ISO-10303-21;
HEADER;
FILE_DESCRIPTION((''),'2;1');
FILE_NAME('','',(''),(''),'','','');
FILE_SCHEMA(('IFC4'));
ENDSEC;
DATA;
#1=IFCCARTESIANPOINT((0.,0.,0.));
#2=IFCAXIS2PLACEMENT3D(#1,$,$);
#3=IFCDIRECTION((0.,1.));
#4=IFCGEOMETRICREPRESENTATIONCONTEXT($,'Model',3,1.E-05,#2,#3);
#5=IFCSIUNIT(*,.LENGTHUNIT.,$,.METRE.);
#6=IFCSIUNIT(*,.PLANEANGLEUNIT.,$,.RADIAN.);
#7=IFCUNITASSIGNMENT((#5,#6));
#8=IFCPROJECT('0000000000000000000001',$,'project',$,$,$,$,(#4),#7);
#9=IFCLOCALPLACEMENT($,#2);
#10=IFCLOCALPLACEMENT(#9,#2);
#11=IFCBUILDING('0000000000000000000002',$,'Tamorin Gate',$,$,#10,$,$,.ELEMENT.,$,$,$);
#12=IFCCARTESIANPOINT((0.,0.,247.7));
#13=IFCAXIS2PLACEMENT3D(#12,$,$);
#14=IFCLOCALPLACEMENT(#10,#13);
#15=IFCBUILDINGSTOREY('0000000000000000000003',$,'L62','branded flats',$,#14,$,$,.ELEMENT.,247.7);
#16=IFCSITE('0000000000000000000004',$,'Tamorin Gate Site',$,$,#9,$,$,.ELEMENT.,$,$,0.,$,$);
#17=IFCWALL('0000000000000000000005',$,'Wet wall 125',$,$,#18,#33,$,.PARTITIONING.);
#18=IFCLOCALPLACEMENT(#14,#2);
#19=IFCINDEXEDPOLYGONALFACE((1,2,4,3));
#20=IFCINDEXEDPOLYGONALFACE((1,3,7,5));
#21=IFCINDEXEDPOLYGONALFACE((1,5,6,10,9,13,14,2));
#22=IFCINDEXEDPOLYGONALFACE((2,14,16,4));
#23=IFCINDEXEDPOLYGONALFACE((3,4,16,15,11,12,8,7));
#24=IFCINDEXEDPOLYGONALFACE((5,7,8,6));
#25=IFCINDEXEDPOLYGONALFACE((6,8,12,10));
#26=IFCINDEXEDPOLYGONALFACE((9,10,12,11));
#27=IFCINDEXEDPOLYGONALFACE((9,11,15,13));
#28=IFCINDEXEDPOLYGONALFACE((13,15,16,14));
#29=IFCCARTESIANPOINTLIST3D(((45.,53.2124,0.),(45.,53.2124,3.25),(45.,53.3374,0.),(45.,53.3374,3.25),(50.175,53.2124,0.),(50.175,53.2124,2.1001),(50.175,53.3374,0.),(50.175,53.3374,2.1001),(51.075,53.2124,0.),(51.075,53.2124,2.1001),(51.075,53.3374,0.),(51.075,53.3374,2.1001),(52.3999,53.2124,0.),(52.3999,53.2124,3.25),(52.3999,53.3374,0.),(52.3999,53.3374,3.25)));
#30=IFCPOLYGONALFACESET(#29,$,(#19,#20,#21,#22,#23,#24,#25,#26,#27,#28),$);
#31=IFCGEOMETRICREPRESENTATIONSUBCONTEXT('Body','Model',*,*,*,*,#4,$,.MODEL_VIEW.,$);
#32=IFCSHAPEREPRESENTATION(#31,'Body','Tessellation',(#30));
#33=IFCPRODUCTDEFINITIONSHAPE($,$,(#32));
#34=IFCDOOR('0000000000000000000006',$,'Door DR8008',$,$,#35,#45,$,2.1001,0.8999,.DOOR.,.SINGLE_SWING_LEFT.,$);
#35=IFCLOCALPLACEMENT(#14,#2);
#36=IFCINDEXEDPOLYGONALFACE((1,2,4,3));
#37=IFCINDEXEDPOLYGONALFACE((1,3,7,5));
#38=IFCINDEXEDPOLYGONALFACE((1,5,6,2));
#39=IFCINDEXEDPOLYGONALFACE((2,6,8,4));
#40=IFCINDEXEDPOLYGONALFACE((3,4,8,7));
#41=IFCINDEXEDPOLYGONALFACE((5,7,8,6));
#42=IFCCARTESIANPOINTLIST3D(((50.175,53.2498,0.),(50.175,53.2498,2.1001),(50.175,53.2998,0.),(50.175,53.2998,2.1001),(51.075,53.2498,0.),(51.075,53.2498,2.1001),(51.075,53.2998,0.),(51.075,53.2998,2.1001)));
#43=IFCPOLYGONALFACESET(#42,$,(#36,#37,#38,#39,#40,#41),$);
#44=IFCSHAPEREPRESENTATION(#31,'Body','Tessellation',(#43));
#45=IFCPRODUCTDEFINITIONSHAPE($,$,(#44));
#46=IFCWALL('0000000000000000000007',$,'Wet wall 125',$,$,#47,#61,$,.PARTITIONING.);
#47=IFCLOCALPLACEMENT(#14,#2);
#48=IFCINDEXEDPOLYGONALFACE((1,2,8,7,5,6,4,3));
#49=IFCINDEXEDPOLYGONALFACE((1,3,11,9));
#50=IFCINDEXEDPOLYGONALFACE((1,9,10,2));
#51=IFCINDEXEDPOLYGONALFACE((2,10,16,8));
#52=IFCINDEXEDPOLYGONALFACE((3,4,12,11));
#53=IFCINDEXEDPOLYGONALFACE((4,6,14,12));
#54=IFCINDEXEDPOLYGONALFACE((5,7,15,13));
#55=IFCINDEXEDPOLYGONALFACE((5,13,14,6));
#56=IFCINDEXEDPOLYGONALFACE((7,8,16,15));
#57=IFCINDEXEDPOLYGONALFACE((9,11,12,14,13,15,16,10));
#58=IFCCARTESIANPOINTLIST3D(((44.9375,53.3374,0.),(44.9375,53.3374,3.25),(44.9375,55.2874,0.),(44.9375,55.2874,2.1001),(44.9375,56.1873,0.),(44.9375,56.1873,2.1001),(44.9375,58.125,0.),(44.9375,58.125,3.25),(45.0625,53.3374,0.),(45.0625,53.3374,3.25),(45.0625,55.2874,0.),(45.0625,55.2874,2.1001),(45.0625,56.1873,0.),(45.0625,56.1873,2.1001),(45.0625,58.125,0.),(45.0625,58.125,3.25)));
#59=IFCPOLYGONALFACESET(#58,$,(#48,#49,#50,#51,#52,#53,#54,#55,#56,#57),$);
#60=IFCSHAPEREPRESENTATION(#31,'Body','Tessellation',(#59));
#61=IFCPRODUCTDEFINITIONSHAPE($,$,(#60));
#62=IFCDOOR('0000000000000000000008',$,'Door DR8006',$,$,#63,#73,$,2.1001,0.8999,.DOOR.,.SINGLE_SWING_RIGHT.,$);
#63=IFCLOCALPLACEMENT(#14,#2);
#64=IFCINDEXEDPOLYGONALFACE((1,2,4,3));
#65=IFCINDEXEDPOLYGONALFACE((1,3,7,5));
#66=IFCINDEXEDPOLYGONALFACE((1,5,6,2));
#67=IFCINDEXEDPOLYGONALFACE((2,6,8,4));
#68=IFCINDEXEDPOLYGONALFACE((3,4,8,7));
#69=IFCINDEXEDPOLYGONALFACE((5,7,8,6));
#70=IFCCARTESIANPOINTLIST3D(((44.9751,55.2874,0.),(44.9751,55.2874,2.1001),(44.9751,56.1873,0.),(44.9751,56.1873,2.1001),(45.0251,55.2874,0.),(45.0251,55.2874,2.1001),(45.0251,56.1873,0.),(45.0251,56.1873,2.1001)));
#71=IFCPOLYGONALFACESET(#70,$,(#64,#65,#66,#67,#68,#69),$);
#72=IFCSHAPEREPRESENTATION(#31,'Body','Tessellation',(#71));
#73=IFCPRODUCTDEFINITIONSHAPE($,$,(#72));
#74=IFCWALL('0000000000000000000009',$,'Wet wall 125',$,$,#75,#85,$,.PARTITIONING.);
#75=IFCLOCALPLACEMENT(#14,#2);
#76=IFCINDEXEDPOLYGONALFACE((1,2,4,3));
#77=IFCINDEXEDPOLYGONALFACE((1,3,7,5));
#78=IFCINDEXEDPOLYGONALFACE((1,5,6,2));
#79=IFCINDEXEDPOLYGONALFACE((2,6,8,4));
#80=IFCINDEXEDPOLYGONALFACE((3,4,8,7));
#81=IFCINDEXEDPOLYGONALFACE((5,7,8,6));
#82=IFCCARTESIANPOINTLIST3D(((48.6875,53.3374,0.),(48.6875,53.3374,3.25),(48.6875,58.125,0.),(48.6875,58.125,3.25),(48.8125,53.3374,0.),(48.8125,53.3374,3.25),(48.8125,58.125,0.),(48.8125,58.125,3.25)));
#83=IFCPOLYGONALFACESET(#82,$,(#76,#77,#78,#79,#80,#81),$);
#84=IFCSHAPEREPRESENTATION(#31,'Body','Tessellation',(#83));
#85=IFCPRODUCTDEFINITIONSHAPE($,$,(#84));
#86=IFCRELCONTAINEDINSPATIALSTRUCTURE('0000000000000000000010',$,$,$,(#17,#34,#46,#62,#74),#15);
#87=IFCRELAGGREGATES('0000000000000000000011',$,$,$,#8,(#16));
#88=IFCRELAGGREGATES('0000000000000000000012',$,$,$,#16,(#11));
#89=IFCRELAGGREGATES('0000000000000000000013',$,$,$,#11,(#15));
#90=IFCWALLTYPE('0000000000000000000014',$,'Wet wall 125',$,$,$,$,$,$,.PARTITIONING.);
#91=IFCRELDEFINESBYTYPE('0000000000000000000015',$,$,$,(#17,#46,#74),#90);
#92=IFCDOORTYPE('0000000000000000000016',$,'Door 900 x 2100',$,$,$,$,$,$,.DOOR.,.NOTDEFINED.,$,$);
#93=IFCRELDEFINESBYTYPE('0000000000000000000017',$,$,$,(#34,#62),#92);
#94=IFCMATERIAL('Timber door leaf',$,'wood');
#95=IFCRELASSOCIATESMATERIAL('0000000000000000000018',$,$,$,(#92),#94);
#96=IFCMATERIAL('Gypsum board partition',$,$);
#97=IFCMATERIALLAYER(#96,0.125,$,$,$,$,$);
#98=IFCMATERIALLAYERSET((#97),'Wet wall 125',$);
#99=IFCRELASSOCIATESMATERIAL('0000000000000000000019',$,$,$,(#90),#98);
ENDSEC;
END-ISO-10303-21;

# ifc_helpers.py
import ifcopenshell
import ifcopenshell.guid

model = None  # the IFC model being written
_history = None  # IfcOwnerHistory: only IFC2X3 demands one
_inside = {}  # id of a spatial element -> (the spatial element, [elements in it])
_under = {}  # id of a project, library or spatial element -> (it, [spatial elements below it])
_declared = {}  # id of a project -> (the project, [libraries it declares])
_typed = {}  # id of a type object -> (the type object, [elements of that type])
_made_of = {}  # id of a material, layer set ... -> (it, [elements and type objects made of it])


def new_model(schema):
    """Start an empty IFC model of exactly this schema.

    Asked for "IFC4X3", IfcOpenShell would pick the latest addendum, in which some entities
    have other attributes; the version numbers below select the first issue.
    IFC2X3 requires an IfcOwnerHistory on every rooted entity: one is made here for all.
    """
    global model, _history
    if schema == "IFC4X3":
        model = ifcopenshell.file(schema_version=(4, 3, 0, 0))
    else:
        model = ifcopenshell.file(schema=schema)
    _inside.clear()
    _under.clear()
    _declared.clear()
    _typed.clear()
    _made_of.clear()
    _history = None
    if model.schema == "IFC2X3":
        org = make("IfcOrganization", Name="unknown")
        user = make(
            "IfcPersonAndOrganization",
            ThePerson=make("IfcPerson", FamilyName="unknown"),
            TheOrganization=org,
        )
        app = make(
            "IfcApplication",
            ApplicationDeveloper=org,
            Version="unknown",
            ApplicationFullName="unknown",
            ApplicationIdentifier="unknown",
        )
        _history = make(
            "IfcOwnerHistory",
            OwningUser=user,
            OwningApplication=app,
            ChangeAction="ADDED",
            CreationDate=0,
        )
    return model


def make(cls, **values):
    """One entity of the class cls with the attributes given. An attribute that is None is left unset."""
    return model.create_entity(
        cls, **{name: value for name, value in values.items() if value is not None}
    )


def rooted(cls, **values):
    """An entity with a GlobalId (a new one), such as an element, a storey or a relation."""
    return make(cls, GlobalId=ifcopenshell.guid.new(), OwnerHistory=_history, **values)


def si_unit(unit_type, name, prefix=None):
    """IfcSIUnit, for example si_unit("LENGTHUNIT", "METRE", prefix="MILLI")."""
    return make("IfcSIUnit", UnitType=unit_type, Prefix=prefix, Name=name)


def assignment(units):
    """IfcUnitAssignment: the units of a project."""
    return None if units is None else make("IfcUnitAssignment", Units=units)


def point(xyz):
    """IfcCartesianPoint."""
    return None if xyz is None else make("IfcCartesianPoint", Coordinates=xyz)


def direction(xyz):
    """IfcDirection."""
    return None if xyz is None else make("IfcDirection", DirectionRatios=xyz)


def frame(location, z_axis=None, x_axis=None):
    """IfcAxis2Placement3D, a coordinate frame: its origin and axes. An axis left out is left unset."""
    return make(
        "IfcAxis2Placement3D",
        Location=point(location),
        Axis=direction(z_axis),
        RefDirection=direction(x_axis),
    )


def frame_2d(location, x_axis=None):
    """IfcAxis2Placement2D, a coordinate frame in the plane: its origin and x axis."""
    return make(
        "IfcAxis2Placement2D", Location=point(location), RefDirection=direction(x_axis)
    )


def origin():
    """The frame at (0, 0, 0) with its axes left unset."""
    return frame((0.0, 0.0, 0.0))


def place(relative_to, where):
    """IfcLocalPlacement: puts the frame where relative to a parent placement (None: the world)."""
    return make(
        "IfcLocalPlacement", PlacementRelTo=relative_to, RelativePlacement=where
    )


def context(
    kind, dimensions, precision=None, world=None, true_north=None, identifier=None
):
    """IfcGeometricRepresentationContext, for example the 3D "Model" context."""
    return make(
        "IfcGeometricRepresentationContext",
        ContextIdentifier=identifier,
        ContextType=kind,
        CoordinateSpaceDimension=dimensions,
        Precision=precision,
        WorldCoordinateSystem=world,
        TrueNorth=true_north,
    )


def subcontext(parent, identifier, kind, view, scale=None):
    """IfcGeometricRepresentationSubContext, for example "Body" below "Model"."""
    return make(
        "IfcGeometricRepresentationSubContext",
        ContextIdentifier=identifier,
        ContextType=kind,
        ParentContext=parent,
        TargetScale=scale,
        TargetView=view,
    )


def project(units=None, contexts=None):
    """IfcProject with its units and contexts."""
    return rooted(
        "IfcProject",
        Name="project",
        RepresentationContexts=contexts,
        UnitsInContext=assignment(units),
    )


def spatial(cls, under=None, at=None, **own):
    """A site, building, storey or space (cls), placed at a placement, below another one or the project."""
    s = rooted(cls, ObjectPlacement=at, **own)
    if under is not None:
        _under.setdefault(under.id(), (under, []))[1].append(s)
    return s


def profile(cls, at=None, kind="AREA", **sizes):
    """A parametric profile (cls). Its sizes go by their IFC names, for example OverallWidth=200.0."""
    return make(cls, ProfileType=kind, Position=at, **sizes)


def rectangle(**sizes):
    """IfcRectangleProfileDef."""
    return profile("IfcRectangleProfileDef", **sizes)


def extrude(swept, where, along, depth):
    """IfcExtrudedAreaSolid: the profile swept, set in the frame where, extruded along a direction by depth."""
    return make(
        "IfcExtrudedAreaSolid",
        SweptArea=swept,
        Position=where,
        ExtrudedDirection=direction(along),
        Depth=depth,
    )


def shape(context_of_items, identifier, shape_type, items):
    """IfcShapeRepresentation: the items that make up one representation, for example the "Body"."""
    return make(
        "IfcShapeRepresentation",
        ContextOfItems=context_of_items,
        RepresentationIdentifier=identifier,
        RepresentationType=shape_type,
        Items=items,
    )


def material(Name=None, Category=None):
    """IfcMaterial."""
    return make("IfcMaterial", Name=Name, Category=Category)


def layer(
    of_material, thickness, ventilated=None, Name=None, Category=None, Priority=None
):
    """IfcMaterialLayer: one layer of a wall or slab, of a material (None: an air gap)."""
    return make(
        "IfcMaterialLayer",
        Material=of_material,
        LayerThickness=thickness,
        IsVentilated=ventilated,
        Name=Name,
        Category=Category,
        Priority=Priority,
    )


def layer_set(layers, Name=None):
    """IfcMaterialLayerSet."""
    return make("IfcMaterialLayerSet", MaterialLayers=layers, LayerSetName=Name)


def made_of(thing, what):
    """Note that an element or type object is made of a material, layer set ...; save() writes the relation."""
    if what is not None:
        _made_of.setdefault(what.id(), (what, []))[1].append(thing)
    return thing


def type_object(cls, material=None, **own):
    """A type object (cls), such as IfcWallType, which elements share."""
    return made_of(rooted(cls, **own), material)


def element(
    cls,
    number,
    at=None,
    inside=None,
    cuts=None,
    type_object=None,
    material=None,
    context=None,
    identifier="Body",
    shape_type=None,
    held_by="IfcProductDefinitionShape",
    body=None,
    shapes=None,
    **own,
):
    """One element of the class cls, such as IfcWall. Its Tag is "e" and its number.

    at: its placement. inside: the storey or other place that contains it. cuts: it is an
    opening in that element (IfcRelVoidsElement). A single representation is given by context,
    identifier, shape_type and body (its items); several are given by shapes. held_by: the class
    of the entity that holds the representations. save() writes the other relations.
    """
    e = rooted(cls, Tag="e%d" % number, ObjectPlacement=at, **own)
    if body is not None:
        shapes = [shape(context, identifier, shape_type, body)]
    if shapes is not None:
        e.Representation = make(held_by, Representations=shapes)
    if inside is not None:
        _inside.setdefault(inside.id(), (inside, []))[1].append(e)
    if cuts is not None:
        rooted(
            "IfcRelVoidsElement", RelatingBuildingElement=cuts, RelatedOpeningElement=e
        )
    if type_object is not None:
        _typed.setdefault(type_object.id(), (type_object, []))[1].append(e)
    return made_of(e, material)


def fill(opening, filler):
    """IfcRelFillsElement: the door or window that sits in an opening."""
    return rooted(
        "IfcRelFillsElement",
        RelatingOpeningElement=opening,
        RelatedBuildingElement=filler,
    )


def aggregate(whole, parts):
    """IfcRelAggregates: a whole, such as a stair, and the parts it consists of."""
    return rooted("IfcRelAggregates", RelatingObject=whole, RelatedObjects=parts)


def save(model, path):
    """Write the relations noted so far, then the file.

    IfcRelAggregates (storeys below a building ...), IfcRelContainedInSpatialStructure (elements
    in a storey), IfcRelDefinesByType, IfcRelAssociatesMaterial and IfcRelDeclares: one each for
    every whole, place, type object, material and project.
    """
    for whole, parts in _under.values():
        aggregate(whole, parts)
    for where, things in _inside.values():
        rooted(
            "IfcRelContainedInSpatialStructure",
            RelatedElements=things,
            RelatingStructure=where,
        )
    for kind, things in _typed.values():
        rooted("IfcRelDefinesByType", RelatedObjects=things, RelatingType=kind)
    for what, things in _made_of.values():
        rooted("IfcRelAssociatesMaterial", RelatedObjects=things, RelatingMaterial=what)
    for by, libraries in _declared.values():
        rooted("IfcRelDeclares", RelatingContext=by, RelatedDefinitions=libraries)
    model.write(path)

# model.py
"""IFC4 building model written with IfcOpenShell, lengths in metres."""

from ifc_helpers import new_model, si_unit, direction, frame, frame_2d, origin, place, context, subcontext, project, spatial, rectangle, extrude, material, layer, layer_set, type_object, element, fill, save


model = new_model("IFC4")

# Units and contexts
model_context = context("Model", 3, precision=1e-05, world=origin(), true_north=direction((0.0, 1.0)))
body_context = subcontext(model_context, "Body", "Model", "MODEL_VIEW")
ifc_project = project(units=[si_unit("LENGTHUNIT", "METRE"), si_unit("PLANEANGLEUNIT", "RADIAN")], contexts=[model_context])

# Site, building, storey
site_placement = place(None, origin())
site = spatial("IfcSite", under=ifc_project, at=site_placement, Name="Tamorin Gate Site", CompositionType="ELEMENT", RefElevation=0.0)
building_placement = place(site_placement, origin())
building = spatial("IfcBuilding", under=site, at=building_placement, Name="Tamorin Gate", CompositionType="ELEMENT")
storey_placement = place(building_placement, frame((0.0, 0.0, 247.7)))
storey = spatial("IfcBuildingStorey", under=building, at=storey_placement, Name="L62", Description="branded flats", CompositionType="ELEMENT", Elevation=247.7)

# Shared definitions
ifc_material_1 = material(Name="Gypsum board partition")

# Shared definitions
ifc_material_2 = material(Name="Timber door leaf", Category="wood")
door_type = type_object("IfcDoorType", Name="Door 900 x 2100", OperationType="NOTDEFINED", PredefinedType="DOOR", material=ifc_material_2)

# Walls, openings, doors
ifc_layer_1 = layer(ifc_material_1, 0.125)
ifc_layer_set_1 = layer_set([ifc_layer_1], Name="Wet wall 125")
wall_type_1 = type_object("IfcWallType", Name="Wet wall 125", PredefinedType="PARTITIONING", material=ifc_layer_set_1)
wall_1_placement = place(storey_placement, frame((45.0, 53.2749, 0.0), z_axis=(0.0, 0.0, 1.0), x_axis=(1.0, 0.0, 0.0)))
wall_1 = element("IfcWall", 1, at=wall_1_placement, inside=storey, type_object=wall_type_1, Name="Wet wall 125", PredefinedType="PARTITIONING", context=body_context, shape_type="SweptSolid", body=[
    extrude(rectangle(XDim=7.3999, YDim=0.125, at=frame_2d((3.7, 0.0))), origin(), (0.0, 0.0, 1.0), 3.25),
])
opening_1_placement = place(wall_1_placement, frame((5.175, 0.0, 0.0)))
opening_1 = element("IfcOpeningElement", 2, at=opening_1_placement, cuts=wall_1, PredefinedType="OPENING", context=body_context, shape_type="SweptSolid", body=[
    extrude(rectangle(XDim=0.8999, YDim=2.1001, at=frame_2d((0.45, 1.05))), frame((0.0, 0.0725, 0.0), z_axis=(0.0, -1.0, 0.0), x_axis=(1.0, 0.0, 0.0)), (0.0, 0.0, 1.0), 0.145),
])
door_1_placement = place(opening_1_placement, origin())
door_1 = element("IfcDoor", 3, at=door_1_placement, inside=storey, type_object=door_type, Name="Door DR8008", OperationType="SINGLE_SWING_LEFT", OverallHeight=2.1001, OverallWidth=0.8999, PredefinedType="DOOR", context=body_context, shape_type="SweptSolid", body=[
    extrude(rectangle(XDim=0.8999, YDim=2.1001, at=frame_2d((0.45, 1.05))), frame((0.0, 0.0249, 0.0), z_axis=(0.0, -1.0, 0.0), x_axis=(1.0, 0.0, 0.0)), (0.0, 0.0, 1.0), 0.05),
])
fill(opening_1, door_1)
wall_2_placement = place(storey_placement, frame((45.0, 53.3374, 0.0), z_axis=(0.0, 0.0, 1.0), x_axis=(0.0, 1.0, 0.0)))
wall_2 = element("IfcWall", 4, at=wall_2_placement, inside=storey, type_object=wall_type_1, Name="Wet wall 125", PredefinedType="PARTITIONING", context=body_context, shape_type="SweptSolid", body=[
    extrude(rectangle(XDim=4.7876, YDim=0.125, at=frame_2d((2.3938, 0.0))), origin(), (0.0, 0.0, 1.0), 3.25),
])
opening_2_placement = place(wall_2_placement, frame((1.95, 0.0, 0.0)))
opening_2 = element("IfcOpeningElement", 5, at=opening_2_placement, cuts=wall_2, PredefinedType="OPENING", context=body_context, shape_type="SweptSolid", body=[
    extrude(rectangle(XDim=0.8999, YDim=2.1001, at=frame_2d((0.45, 1.05))), frame((0.0, 0.0725, 0.0), z_axis=(0.0, -1.0, 0.0), x_axis=(1.0, 0.0, 0.0)), (0.0, 0.0, 1.0), 0.145),
])
door_2_placement = place(opening_2_placement, origin())
door_2 = element("IfcDoor", 6, at=door_2_placement, inside=storey, type_object=door_type, Name="Door DR8006", OperationType="SINGLE_SWING_RIGHT", OverallHeight=2.1001, OverallWidth=0.8999, PredefinedType="DOOR", context=body_context, shape_type="SweptSolid", body=[
    extrude(rectangle(XDim=0.8999, YDim=2.1001, at=frame_2d((0.45, 1.05))), frame((0.0, 0.0249, 0.0), z_axis=(0.0, -1.0, 0.0), x_axis=(1.0, 0.0, 0.0)), (0.0, 0.0, 1.0), 0.05),
])
fill(opening_2, door_2)

# Wall
wall_3_placement = place(storey_placement, frame((48.75, 53.3374, 0.0), z_axis=(0.0, 0.0, 1.0), x_axis=(0.0, 1.0, 0.0)))
element("IfcWall", 7, at=wall_3_placement, inside=storey, type_object=wall_type_1, Name="Wet wall 125", PredefinedType="PARTITIONING", context=body_context, shape_type="SweptSolid", body=[
    extrude(rectangle(XDim=4.7876, YDim=0.125, at=frame_2d((2.3938, 0.0))), origin(), (0.0, 0.0, 1.0), 3.25),
])

save(model, "model.ifc")
